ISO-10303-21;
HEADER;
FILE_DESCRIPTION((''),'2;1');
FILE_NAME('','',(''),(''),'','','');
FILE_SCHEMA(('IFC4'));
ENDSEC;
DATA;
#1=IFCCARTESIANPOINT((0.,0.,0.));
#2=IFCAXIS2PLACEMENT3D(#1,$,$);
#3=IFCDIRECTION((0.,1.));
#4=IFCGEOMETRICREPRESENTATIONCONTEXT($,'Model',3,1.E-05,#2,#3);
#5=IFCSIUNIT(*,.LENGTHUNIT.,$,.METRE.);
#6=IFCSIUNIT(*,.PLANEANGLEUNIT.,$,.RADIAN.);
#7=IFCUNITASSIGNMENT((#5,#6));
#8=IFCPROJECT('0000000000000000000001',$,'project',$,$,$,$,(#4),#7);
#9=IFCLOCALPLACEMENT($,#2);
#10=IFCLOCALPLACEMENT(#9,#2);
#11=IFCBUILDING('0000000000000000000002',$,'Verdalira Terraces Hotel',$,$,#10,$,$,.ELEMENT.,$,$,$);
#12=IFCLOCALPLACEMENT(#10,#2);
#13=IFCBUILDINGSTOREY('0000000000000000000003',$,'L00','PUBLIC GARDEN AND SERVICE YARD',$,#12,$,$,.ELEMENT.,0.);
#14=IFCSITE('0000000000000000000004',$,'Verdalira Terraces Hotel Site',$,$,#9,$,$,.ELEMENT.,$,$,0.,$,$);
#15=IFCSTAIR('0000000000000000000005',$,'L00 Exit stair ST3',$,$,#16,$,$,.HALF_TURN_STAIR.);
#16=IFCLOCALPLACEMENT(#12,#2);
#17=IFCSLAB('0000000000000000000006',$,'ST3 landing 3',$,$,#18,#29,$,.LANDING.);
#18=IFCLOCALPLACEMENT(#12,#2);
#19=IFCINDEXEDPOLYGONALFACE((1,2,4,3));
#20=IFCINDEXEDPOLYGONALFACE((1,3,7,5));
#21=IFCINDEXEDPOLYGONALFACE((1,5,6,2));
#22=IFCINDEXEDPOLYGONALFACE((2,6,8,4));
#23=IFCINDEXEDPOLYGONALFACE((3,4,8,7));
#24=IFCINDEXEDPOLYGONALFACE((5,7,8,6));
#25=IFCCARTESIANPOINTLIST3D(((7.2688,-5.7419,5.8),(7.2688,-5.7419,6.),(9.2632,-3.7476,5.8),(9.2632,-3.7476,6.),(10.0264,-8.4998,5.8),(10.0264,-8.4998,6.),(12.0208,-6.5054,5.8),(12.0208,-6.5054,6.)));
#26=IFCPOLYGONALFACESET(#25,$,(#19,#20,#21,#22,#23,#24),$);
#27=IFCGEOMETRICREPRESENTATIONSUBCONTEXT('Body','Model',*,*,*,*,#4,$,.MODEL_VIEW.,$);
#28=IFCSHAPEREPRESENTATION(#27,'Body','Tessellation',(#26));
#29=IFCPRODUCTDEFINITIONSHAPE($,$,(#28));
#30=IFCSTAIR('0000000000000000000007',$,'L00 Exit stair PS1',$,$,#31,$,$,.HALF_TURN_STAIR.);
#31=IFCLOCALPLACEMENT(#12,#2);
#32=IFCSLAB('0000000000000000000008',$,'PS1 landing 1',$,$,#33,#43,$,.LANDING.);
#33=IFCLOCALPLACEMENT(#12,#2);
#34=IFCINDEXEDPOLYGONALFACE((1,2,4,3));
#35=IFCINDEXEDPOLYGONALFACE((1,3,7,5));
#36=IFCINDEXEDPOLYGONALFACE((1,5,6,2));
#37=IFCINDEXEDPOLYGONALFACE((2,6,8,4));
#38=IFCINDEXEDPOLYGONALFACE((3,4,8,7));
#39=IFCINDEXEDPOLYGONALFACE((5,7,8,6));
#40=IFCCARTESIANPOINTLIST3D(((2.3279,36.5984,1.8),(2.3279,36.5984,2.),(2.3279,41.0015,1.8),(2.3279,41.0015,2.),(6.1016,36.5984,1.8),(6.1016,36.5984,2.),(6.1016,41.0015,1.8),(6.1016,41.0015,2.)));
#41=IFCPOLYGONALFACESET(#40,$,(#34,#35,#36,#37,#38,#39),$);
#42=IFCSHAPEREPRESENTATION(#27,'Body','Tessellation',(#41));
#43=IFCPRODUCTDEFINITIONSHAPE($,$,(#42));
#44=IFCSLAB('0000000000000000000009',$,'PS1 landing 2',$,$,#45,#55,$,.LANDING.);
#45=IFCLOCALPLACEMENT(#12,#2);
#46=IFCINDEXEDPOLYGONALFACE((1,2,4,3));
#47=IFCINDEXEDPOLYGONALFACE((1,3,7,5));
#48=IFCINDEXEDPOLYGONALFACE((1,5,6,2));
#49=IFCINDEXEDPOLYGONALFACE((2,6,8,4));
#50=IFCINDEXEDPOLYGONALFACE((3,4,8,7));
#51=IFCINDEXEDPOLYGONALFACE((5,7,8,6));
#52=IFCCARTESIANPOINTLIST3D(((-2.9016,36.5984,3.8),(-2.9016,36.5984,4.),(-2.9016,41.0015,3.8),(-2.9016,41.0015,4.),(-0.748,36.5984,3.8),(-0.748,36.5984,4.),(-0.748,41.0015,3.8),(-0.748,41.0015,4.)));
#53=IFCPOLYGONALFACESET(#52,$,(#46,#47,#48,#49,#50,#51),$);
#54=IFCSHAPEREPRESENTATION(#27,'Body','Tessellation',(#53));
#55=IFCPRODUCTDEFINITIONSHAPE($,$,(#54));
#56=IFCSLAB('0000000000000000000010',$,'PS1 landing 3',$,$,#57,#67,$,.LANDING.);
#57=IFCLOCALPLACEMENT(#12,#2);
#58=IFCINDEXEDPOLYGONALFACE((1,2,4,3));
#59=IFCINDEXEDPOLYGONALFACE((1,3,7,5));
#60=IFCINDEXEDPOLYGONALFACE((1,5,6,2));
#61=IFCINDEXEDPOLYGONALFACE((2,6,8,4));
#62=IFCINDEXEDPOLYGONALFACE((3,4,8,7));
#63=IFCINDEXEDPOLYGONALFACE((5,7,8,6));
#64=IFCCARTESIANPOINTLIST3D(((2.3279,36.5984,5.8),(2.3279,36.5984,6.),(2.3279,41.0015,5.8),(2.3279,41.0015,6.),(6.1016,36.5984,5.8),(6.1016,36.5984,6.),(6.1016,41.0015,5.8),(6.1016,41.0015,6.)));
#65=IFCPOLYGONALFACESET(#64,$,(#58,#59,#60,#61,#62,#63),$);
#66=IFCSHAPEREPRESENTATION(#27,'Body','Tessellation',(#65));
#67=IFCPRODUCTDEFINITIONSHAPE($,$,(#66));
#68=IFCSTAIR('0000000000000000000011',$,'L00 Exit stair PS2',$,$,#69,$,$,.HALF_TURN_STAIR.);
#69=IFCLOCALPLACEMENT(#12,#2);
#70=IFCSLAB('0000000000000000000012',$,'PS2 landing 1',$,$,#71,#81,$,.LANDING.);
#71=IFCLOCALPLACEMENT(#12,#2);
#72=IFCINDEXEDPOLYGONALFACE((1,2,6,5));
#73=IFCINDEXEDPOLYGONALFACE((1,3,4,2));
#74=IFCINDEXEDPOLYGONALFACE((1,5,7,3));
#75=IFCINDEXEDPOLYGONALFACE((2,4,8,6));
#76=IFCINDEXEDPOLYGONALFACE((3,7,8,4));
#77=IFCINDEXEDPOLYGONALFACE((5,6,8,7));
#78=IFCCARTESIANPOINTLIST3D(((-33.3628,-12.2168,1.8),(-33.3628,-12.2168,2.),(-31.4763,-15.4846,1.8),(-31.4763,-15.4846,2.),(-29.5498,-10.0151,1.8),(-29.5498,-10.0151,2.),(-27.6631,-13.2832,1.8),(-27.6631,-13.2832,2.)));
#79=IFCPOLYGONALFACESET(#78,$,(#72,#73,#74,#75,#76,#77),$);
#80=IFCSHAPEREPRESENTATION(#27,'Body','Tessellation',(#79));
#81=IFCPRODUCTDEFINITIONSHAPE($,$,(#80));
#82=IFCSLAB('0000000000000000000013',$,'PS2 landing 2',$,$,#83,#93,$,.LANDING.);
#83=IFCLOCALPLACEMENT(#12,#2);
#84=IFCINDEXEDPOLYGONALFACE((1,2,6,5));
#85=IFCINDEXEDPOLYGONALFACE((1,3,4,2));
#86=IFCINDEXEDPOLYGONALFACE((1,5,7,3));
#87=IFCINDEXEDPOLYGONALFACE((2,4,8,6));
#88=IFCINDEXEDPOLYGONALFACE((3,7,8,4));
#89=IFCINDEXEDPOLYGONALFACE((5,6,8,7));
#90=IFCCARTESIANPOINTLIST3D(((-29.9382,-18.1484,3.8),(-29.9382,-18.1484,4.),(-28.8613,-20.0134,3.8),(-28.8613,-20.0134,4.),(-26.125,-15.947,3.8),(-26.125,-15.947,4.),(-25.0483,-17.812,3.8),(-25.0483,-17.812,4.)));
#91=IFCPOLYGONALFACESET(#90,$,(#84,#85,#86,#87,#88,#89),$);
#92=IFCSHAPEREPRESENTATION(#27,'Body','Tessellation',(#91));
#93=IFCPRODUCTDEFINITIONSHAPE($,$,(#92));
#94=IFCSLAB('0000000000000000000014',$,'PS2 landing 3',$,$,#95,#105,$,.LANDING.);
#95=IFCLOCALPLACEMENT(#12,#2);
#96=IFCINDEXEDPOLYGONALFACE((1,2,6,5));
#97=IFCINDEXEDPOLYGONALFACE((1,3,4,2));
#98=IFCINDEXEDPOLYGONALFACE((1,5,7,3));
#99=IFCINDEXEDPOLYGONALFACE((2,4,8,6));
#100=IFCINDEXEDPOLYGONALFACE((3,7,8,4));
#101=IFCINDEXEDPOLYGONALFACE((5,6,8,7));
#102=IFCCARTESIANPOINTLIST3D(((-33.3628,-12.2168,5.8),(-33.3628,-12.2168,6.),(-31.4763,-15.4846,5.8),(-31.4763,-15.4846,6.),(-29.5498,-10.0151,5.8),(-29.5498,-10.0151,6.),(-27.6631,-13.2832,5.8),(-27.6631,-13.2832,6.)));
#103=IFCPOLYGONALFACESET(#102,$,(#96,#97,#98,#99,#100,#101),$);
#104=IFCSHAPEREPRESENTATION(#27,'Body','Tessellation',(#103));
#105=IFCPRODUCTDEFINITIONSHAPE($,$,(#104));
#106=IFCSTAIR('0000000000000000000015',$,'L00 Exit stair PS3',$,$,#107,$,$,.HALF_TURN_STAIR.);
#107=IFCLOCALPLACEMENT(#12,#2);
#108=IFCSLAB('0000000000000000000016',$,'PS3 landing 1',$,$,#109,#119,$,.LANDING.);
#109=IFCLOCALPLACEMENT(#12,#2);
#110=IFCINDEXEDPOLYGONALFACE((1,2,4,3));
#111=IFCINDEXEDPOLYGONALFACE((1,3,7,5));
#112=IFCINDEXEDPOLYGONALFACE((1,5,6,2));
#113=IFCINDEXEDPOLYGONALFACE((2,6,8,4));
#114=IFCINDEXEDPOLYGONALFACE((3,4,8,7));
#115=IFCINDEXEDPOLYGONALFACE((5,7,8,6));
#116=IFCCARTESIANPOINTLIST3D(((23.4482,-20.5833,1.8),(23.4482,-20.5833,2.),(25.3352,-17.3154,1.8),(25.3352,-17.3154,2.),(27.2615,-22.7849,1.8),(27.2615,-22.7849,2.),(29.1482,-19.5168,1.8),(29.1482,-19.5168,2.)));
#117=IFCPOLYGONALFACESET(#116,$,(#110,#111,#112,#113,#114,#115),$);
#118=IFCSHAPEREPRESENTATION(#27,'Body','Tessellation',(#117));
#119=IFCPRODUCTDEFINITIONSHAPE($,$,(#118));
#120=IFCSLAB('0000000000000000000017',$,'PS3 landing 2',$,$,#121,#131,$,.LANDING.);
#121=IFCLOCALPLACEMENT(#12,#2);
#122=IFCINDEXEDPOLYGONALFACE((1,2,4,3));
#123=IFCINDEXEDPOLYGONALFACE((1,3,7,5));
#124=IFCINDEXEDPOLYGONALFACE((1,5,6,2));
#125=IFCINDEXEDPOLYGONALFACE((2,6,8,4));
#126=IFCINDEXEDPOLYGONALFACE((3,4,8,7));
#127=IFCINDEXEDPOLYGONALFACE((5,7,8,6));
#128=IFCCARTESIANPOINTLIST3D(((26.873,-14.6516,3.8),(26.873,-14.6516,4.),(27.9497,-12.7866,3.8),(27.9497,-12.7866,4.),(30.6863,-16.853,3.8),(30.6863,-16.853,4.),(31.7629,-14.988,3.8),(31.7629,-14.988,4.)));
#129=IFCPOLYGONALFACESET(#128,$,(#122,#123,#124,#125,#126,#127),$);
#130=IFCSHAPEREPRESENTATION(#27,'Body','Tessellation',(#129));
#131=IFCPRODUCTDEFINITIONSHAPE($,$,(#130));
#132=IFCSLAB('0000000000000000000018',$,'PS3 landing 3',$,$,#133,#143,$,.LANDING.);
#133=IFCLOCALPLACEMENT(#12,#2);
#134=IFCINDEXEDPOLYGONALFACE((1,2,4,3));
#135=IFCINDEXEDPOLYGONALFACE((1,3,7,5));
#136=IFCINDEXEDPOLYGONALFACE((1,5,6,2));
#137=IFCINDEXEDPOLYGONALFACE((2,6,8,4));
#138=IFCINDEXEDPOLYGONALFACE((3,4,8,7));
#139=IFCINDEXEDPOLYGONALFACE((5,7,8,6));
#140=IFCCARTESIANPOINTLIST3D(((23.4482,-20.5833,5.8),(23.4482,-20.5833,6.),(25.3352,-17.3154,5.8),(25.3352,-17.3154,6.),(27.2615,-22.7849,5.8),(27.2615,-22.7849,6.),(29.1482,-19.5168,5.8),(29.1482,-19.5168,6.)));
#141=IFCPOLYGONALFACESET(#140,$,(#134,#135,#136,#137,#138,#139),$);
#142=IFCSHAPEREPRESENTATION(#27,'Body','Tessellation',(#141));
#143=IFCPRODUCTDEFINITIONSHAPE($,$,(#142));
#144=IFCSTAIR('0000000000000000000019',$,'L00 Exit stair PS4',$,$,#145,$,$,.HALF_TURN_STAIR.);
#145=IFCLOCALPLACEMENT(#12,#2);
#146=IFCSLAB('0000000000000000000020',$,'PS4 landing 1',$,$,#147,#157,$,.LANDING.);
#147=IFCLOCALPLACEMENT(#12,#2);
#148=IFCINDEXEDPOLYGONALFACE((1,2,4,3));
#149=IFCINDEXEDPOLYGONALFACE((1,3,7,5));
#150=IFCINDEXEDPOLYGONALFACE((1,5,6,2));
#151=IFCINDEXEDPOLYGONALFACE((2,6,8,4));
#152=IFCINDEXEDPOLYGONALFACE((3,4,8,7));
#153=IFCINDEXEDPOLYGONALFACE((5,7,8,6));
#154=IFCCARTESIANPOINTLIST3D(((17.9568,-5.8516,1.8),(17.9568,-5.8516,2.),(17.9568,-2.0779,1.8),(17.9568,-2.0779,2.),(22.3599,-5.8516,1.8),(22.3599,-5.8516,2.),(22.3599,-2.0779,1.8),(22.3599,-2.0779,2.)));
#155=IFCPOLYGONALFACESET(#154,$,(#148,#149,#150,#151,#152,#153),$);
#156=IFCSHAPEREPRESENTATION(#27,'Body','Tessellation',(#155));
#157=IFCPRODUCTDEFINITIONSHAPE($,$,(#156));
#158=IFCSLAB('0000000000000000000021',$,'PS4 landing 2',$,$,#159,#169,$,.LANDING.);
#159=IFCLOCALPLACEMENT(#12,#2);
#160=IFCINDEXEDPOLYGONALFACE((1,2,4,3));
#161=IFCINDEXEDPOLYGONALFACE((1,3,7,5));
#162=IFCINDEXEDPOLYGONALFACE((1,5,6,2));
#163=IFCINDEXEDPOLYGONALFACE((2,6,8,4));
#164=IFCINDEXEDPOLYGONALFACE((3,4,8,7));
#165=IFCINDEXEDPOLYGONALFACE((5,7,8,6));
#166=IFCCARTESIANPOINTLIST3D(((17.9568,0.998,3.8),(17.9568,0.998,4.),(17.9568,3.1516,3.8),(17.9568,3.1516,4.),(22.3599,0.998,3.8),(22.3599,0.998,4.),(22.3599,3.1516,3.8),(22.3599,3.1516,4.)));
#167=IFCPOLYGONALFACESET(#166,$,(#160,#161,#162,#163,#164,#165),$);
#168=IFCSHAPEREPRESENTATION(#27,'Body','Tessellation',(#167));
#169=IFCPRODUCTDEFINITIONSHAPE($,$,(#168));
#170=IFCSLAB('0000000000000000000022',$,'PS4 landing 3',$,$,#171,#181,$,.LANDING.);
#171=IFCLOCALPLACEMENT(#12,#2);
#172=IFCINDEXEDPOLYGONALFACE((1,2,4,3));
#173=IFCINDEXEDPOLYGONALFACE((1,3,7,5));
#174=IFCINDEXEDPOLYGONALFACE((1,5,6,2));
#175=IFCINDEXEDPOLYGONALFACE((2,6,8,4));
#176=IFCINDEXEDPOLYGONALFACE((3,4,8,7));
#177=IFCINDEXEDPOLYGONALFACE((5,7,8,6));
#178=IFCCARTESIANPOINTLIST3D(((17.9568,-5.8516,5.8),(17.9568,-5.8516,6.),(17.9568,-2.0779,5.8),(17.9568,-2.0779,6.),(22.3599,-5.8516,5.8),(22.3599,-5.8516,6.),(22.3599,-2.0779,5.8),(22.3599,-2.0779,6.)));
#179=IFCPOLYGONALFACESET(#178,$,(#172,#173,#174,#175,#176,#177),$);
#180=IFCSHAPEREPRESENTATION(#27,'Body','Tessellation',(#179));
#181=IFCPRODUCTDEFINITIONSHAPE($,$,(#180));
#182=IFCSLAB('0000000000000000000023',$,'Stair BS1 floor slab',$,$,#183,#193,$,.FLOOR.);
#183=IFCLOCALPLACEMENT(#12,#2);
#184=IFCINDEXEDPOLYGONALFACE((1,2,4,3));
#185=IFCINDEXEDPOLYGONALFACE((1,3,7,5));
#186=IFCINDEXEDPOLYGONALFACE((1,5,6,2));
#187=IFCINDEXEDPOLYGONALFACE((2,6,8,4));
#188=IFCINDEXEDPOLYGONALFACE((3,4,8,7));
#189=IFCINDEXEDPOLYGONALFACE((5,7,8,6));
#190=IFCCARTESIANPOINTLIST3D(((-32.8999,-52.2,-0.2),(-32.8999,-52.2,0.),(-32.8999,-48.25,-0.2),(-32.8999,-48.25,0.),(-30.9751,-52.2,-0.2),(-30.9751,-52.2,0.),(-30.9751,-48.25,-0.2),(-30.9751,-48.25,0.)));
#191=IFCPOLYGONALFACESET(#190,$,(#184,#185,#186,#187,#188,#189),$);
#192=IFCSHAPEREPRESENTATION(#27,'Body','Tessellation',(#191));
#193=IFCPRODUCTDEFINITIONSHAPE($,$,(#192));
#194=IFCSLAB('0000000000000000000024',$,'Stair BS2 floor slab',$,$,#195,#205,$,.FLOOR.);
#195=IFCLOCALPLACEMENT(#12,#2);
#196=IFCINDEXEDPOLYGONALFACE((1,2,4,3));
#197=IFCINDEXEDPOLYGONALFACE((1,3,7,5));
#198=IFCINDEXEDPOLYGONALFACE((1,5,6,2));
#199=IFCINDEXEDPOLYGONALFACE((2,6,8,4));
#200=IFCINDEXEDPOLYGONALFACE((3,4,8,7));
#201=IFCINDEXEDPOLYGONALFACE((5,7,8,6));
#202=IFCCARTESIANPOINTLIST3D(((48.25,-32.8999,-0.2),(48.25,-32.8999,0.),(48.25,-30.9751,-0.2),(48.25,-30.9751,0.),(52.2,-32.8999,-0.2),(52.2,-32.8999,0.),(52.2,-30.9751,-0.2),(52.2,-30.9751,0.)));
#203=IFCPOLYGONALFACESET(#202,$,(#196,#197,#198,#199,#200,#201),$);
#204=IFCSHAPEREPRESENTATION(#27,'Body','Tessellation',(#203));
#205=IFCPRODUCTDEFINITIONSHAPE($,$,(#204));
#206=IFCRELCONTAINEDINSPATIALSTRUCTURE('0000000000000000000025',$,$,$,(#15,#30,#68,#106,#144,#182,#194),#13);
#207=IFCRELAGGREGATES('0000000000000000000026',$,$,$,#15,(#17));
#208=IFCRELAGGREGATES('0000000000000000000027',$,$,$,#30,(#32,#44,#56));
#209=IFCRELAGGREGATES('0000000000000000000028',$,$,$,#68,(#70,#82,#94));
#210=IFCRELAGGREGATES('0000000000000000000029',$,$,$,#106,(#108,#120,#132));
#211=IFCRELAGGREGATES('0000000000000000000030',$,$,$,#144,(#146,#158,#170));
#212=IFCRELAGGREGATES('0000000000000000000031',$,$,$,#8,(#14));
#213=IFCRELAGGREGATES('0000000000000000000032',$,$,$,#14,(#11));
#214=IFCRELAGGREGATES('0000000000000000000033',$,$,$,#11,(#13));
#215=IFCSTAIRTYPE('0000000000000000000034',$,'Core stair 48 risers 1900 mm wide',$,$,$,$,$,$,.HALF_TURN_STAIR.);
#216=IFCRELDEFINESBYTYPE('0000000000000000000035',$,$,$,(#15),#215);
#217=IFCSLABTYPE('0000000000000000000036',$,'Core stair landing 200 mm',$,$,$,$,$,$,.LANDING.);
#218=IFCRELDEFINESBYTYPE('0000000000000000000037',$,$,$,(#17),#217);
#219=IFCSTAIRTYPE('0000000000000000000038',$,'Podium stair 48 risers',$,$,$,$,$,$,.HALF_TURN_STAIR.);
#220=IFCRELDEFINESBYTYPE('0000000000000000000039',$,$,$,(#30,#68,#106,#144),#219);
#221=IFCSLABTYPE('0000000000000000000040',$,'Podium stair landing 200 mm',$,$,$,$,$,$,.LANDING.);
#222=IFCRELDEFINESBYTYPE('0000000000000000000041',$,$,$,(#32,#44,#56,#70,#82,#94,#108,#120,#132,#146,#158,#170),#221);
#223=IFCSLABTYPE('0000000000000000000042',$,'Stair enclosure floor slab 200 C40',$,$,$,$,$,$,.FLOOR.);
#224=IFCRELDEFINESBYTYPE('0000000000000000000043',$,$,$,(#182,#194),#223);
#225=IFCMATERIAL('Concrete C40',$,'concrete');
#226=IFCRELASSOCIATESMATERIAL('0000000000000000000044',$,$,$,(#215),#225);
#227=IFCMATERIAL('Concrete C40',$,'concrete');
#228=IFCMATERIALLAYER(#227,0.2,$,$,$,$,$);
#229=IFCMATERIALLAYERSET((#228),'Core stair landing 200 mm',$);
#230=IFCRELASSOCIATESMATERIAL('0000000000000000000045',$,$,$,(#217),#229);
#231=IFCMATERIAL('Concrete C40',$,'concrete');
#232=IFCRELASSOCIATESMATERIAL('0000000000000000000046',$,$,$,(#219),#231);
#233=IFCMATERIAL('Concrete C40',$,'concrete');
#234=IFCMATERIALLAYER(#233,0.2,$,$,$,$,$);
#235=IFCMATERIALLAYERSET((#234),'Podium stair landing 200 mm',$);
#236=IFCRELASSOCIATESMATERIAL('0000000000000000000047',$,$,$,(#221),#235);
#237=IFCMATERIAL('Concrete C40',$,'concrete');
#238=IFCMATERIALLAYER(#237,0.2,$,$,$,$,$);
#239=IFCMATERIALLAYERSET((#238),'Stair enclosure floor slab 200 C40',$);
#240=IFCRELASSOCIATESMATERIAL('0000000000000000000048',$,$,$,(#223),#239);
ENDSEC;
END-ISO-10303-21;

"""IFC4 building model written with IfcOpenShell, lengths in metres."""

from ifc_helpers import new_model, si_unit, direction, frame, origin, place, context, subcontext, project, spatial, polyline, outline, extrude, material, layer, layer_set, type_object, element, aggregate, save


model = new_model("IFC4")

# Units and contexts
model_context = context("Model", 3, precision=1e-05, world=origin(), true_north=direction((0.0, 1.0)))
body_context = subcontext(model_context, "Body", "Model", "MODEL_VIEW")
ifc_project = project(units=[si_unit("LENGTHUNIT", "METRE"), si_unit("PLANEANGLEUNIT", "RADIAN")], contexts=[model_context])

# Site, building, storey
site_placement = place(None, origin())
site = spatial("IfcSite", under=ifc_project, at=site_placement, Name="Verdalira Terraces Hotel Site", CompositionType="ELEMENT", RefElevation=0.0)
building_placement = place(site_placement, origin())
building = spatial("IfcBuilding", under=site, at=building_placement, Name="Verdalira Terraces Hotel", CompositionType="ELEMENT")
storey_placement = place(building_placement, origin())
storey = spatial("IfcBuildingStorey", under=building, at=storey_placement, Name="L00", Description="PUBLIC GARDEN AND SERVICE YARD", CompositionType="ELEMENT", Elevation=0.0)

# Stairs, slabs
ifc_material_1 = material(Name="Concrete C40", Category="concrete")
stair_type_1 = type_object("IfcStairType", Name="Core stair 48 risers 1900 mm wide", PredefinedType="HALF_TURN_STAIR", material=ifc_material_1)
ifc_material_2 = material(Name="Concrete C40", Category="concrete")
ifc_layer_1 = layer(ifc_material_2, 0.2)
ifc_layer_set_1 = layer_set([ifc_layer_1], Name="Core stair landing 200 mm")
slab_type_1 = type_object("IfcSlabType", Name="Core stair landing 200 mm", PredefinedType="LANDING", material=ifc_layer_set_1)
stair_1_placement = place(storey_placement, origin())
stair_1 = element("IfcStair", 1, at=stair_1_placement, inside=storey, type_object=stair_type_1, Name="L00 Exit stair ST3", PredefinedType="HALF_TURN_STAIR")
slab_1_placement = place(storey_placement, frame((0.0, 0.0, 5.8)))
slab_1 = element("IfcSlab", 2, at=slab_1_placement, type_object=slab_type_1, Name="ST3 landing 3", PredefinedType="LANDING", context=body_context, shape_type="SweptSolid", body=[
    extrude(outline(polyline([(10.0264, -8.4998), (12.0208, -6.5054), (9.2632, -3.7476), (7.2688, -5.7419), (10.0264, -8.4998)])), origin(), (0.0, 0.0, 1.0), 0.2),
])
aggregate(stair_1, [slab_1])
ifc_material_3 = material(Name="Concrete C40", Category="concrete")
stair_type_2 = type_object("IfcStairType", Name="Podium stair 48 risers", PredefinedType="HALF_TURN_STAIR", material=ifc_material_3)
stair_2_placement = place(storey_placement, origin())
stair_2 = element("IfcStair", 3, at=stair_2_placement, inside=storey, type_object=stair_type_2, Name="L00 Exit stair PS1", PredefinedType="HALF_TURN_STAIR")
ifc_material_4 = material(Name="Concrete C40", Category="concrete")
ifc_layer_2 = layer(ifc_material_4, 0.2)
ifc_layer_set_2 = layer_set([ifc_layer_2], Name="Podium stair landing 200 mm")
slab_type_2 = type_object("IfcSlabType", Name="Podium stair landing 200 mm", PredefinedType="LANDING", material=ifc_layer_set_2)
slab_2_placement = place(storey_placement, frame((0.0, 0.0, 1.8)))
slab_2 = element("IfcSlab", 4, at=slab_2_placement, type_object=slab_type_2, Name="PS1 landing 1", PredefinedType="LANDING", context=body_context, shape_type="SweptSolid", body=[
    extrude(outline(polyline([(6.1016, 41.0015), (2.3279, 41.0015), (2.3279, 36.5984), (6.1016, 36.5984), (6.1016, 41.0015)])), origin(), (0.0, 0.0, 1.0), 0.2),
])
slab_3_placement = place(storey_placement, frame((0.0, 0.0, 3.8)))
slab_3 = element("IfcSlab", 5, at=slab_3_placement, type_object=slab_type_2, Name="PS1 landing 2", PredefinedType="LANDING", context=body_context, shape_type="SweptSolid", body=[
    extrude(outline(polyline([(-2.9016, 41.0015), (-2.9016, 36.5984), (-0.748, 36.5984), (-0.748, 41.0015), (-2.9016, 41.0015)])), origin(), (0.0, 0.0, 1.0), 0.2),
])
slab_4_placement = place(storey_placement, frame((0.0, 0.0, 5.8)))
slab_4 = element("IfcSlab", 6, at=slab_4_placement, type_object=slab_type_2, Name="PS1 landing 3", PredefinedType="LANDING", context=body_context, shape_type="SweptSolid", body=[
    extrude(outline(polyline([(6.1016, 41.0015), (2.3279, 41.0015), (2.3279, 36.5984), (6.1016, 36.5984), (6.1016, 41.0015)])), origin(), (0.0, 0.0, 1.0), 0.2),
])
aggregate(stair_2, [slab_2, slab_3, slab_4])
stair_3_placement = place(storey_placement, origin())
stair_3 = element("IfcStair", 7, at=stair_3_placement, inside=storey, type_object=stair_type_2, Name="L00 Exit stair PS2", PredefinedType="HALF_TURN_STAIR")
slab_5_placement = place(storey_placement, frame((0.0, 0.0, 1.8)))
slab_5 = element("IfcSlab", 8, at=slab_5_placement, type_object=slab_type_2, Name="PS2 landing 1", PredefinedType="LANDING", context=body_context, shape_type="SweptSolid", body=[
    extrude(outline(polyline([(-33.3628, -12.2168), (-31.4763, -15.4846), (-27.6631, -13.2832), (-29.5498, -10.0151), (-33.3628, -12.2168)])), origin(), (0.0, 0.0, 1.0), 0.2),
])
slab_6_placement = place(storey_placement, frame((0.0, 0.0, 3.8)))
slab_6 = element("IfcSlab", 9, at=slab_6_placement, type_object=slab_type_2, Name="PS2 landing 2", PredefinedType="LANDING", context=body_context, shape_type="SweptSolid", body=[
    extrude(outline(polyline([(-28.8613, -20.0134), (-25.0483, -17.812), (-26.125, -15.947), (-29.9382, -18.1484), (-28.8613, -20.0134)])), origin(), (0.0, 0.0, 1.0), 0.2),
])
slab_7_placement = place(storey_placement, frame((0.0, 0.0, 5.8)))
slab_7 = element("IfcSlab", 10, at=slab_7_placement, type_object=slab_type_2, Name="PS2 landing 3", PredefinedType="LANDING", context=body_context, shape_type="SweptSolid", body=[
    extrude(outline(polyline([(-33.3628, -12.2168), (-31.4763, -15.4846), (-27.6631, -13.2832), (-29.5498, -10.0151), (-33.3628, -12.2168)])), origin(), (0.0, 0.0, 1.0), 0.2),
])
aggregate(stair_3, [slab_5, slab_6, slab_7])
stair_4_placement = place(storey_placement, origin())
stair_4 = element("IfcStair", 11, at=stair_4_placement, inside=storey, type_object=stair_type_2, Name="L00 Exit stair PS3", PredefinedType="HALF_TURN_STAIR")
slab_8_placement = place(storey_placement, frame((0.0, 0.0, 1.8)))
slab_8 = element("IfcSlab", 12, at=slab_8_placement, type_object=slab_type_2, Name="PS3 landing 1", PredefinedType="LANDING", context=body_context, shape_type="SweptSolid", body=[
    extrude(outline(polyline([(27.2615, -22.7849), (29.1482, -19.5168), (25.3352, -17.3154), (23.4482, -20.5833), (27.2615, -22.7849)])), origin(), (0.0, 0.0, 1.0), 0.2),
])
slab_9_placement = place(storey_placement, frame((0.0, 0.0, 3.8)))
slab_9 = element("IfcSlab", 13, at=slab_9_placement, type_object=slab_type_2, Name="PS3 landing 2", PredefinedType="LANDING", context=body_context, shape_type="SweptSolid", body=[
    extrude(outline(polyline([(31.7629, -14.988), (27.9497, -12.7866), (26.873, -14.6516), (30.6863, -16.853), (31.7629, -14.988)])), origin(), (0.0, 0.0, 1.0), 0.2),
])
slab_10_placement = place(storey_placement, frame((0.0, 0.0, 5.8)))
slab_10 = element("IfcSlab", 14, at=slab_10_placement, type_object=slab_type_2, Name="PS3 landing 3", PredefinedType="LANDING", context=body_context, shape_type="SweptSolid", body=[
    extrude(outline(polyline([(27.2615, -22.7849), (29.1482, -19.5168), (25.3352, -17.3154), (23.4482, -20.5833), (27.2615, -22.7849)])), origin(), (0.0, 0.0, 1.0), 0.2),
])
aggregate(stair_4, [slab_8, slab_9, slab_10])
stair_5_placement = place(storey_placement, origin())
stair_5 = element("IfcStair", 15, at=stair_5_placement, inside=storey, type_object=stair_type_2, Name="L00 Exit stair PS4", PredefinedType="HALF_TURN_STAIR")
slab_11_placement = place(storey_placement, frame((0.0, 0.0, 1.8)))
slab_11 = element("IfcSlab", 16, at=slab_11_placement, type_object=slab_type_2, Name="PS4 landing 1", PredefinedType="LANDING", context=body_context, shape_type="SweptSolid", body=[
    extrude(outline(polyline([(22.3599, -5.8516), (22.3599, -2.0779), (17.9568, -2.0779), (17.9568, -5.8516), (22.3599, -5.8516)])), origin(), (0.0, 0.0, 1.0), 0.2),
])
slab_12_placement = place(storey_placement, frame((0.0, 0.0, 3.8)))
slab_12 = element("IfcSlab", 17, at=slab_12_placement, type_object=slab_type_2, Name="PS4 landing 2", PredefinedType="LANDING", context=body_context, shape_type="SweptSolid", body=[
    extrude(outline(polyline([(22.3599, 3.1516), (17.9568, 3.1516), (17.9568, 0.998), (22.3599, 0.998), (22.3599, 3.1516)])), origin(), (0.0, 0.0, 1.0), 0.2),
])
slab_13_placement = place(storey_placement, frame((0.0, 0.0, 5.8)))
slab_13 = element("IfcSlab", 18, at=slab_13_placement, type_object=slab_type_2, Name="PS4 landing 3", PredefinedType="LANDING", context=body_context, shape_type="SweptSolid", body=[
    extrude(outline(polyline([(22.3599, -5.8516), (22.3599, -2.0779), (17.9568, -2.0779), (17.9568, -5.8516), (22.3599, -5.8516)])), origin(), (0.0, 0.0, 1.0), 0.2),
])
aggregate(stair_5, [slab_11, slab_12, slab_13])

# Slabs
ifc_material_5 = material(Name="Concrete C40", Category="concrete")
ifc_layer_3 = layer(ifc_material_5, 0.2)
ifc_layer_set_3 = layer_set([ifc_layer_3], Name="Stair enclosure floor slab 200 C40")
slab_type_3 = type_object("IfcSlabType", Name="Stair enclosure floor slab 200 C40", PredefinedType="FLOOR", material=ifc_layer_set_3)
slab_14_placement = place(storey_placement, frame((0.0, 0.0, -0.2)))
element("IfcSlab", 19, at=slab_14_placement, inside=storey, type_object=slab_type_3, Name="Stair BS1 floor slab", PredefinedType="FLOOR", context=body_context, shape_type="SweptSolid", body=[
    extrude(outline(polyline([(-32.8999, -48.25), (-30.9751, -48.25), (-30.9751, -52.2), (-32.8999, -52.2), (-32.8999, -48.25)])), origin(), (0.0, 0.0, 1.0), 0.2),
])
slab_15_placement = place(storey_placement, frame((0.0, 0.0, -0.2)))
element("IfcSlab", 20, at=slab_15_placement, inside=storey, type_object=slab_type_3, Name="Stair BS2 floor slab", PredefinedType="FLOOR", context=body_context, shape_type="SweptSolid", body=[
    extrude(outline(polyline([(48.25, -30.9751), (52.2, -30.9751), (52.2, -32.8999), (48.25, -32.8999), (48.25, -30.9751)])), origin(), (0.0, 0.0, 1.0), 0.2),
])

save(model, "model.ifc")
